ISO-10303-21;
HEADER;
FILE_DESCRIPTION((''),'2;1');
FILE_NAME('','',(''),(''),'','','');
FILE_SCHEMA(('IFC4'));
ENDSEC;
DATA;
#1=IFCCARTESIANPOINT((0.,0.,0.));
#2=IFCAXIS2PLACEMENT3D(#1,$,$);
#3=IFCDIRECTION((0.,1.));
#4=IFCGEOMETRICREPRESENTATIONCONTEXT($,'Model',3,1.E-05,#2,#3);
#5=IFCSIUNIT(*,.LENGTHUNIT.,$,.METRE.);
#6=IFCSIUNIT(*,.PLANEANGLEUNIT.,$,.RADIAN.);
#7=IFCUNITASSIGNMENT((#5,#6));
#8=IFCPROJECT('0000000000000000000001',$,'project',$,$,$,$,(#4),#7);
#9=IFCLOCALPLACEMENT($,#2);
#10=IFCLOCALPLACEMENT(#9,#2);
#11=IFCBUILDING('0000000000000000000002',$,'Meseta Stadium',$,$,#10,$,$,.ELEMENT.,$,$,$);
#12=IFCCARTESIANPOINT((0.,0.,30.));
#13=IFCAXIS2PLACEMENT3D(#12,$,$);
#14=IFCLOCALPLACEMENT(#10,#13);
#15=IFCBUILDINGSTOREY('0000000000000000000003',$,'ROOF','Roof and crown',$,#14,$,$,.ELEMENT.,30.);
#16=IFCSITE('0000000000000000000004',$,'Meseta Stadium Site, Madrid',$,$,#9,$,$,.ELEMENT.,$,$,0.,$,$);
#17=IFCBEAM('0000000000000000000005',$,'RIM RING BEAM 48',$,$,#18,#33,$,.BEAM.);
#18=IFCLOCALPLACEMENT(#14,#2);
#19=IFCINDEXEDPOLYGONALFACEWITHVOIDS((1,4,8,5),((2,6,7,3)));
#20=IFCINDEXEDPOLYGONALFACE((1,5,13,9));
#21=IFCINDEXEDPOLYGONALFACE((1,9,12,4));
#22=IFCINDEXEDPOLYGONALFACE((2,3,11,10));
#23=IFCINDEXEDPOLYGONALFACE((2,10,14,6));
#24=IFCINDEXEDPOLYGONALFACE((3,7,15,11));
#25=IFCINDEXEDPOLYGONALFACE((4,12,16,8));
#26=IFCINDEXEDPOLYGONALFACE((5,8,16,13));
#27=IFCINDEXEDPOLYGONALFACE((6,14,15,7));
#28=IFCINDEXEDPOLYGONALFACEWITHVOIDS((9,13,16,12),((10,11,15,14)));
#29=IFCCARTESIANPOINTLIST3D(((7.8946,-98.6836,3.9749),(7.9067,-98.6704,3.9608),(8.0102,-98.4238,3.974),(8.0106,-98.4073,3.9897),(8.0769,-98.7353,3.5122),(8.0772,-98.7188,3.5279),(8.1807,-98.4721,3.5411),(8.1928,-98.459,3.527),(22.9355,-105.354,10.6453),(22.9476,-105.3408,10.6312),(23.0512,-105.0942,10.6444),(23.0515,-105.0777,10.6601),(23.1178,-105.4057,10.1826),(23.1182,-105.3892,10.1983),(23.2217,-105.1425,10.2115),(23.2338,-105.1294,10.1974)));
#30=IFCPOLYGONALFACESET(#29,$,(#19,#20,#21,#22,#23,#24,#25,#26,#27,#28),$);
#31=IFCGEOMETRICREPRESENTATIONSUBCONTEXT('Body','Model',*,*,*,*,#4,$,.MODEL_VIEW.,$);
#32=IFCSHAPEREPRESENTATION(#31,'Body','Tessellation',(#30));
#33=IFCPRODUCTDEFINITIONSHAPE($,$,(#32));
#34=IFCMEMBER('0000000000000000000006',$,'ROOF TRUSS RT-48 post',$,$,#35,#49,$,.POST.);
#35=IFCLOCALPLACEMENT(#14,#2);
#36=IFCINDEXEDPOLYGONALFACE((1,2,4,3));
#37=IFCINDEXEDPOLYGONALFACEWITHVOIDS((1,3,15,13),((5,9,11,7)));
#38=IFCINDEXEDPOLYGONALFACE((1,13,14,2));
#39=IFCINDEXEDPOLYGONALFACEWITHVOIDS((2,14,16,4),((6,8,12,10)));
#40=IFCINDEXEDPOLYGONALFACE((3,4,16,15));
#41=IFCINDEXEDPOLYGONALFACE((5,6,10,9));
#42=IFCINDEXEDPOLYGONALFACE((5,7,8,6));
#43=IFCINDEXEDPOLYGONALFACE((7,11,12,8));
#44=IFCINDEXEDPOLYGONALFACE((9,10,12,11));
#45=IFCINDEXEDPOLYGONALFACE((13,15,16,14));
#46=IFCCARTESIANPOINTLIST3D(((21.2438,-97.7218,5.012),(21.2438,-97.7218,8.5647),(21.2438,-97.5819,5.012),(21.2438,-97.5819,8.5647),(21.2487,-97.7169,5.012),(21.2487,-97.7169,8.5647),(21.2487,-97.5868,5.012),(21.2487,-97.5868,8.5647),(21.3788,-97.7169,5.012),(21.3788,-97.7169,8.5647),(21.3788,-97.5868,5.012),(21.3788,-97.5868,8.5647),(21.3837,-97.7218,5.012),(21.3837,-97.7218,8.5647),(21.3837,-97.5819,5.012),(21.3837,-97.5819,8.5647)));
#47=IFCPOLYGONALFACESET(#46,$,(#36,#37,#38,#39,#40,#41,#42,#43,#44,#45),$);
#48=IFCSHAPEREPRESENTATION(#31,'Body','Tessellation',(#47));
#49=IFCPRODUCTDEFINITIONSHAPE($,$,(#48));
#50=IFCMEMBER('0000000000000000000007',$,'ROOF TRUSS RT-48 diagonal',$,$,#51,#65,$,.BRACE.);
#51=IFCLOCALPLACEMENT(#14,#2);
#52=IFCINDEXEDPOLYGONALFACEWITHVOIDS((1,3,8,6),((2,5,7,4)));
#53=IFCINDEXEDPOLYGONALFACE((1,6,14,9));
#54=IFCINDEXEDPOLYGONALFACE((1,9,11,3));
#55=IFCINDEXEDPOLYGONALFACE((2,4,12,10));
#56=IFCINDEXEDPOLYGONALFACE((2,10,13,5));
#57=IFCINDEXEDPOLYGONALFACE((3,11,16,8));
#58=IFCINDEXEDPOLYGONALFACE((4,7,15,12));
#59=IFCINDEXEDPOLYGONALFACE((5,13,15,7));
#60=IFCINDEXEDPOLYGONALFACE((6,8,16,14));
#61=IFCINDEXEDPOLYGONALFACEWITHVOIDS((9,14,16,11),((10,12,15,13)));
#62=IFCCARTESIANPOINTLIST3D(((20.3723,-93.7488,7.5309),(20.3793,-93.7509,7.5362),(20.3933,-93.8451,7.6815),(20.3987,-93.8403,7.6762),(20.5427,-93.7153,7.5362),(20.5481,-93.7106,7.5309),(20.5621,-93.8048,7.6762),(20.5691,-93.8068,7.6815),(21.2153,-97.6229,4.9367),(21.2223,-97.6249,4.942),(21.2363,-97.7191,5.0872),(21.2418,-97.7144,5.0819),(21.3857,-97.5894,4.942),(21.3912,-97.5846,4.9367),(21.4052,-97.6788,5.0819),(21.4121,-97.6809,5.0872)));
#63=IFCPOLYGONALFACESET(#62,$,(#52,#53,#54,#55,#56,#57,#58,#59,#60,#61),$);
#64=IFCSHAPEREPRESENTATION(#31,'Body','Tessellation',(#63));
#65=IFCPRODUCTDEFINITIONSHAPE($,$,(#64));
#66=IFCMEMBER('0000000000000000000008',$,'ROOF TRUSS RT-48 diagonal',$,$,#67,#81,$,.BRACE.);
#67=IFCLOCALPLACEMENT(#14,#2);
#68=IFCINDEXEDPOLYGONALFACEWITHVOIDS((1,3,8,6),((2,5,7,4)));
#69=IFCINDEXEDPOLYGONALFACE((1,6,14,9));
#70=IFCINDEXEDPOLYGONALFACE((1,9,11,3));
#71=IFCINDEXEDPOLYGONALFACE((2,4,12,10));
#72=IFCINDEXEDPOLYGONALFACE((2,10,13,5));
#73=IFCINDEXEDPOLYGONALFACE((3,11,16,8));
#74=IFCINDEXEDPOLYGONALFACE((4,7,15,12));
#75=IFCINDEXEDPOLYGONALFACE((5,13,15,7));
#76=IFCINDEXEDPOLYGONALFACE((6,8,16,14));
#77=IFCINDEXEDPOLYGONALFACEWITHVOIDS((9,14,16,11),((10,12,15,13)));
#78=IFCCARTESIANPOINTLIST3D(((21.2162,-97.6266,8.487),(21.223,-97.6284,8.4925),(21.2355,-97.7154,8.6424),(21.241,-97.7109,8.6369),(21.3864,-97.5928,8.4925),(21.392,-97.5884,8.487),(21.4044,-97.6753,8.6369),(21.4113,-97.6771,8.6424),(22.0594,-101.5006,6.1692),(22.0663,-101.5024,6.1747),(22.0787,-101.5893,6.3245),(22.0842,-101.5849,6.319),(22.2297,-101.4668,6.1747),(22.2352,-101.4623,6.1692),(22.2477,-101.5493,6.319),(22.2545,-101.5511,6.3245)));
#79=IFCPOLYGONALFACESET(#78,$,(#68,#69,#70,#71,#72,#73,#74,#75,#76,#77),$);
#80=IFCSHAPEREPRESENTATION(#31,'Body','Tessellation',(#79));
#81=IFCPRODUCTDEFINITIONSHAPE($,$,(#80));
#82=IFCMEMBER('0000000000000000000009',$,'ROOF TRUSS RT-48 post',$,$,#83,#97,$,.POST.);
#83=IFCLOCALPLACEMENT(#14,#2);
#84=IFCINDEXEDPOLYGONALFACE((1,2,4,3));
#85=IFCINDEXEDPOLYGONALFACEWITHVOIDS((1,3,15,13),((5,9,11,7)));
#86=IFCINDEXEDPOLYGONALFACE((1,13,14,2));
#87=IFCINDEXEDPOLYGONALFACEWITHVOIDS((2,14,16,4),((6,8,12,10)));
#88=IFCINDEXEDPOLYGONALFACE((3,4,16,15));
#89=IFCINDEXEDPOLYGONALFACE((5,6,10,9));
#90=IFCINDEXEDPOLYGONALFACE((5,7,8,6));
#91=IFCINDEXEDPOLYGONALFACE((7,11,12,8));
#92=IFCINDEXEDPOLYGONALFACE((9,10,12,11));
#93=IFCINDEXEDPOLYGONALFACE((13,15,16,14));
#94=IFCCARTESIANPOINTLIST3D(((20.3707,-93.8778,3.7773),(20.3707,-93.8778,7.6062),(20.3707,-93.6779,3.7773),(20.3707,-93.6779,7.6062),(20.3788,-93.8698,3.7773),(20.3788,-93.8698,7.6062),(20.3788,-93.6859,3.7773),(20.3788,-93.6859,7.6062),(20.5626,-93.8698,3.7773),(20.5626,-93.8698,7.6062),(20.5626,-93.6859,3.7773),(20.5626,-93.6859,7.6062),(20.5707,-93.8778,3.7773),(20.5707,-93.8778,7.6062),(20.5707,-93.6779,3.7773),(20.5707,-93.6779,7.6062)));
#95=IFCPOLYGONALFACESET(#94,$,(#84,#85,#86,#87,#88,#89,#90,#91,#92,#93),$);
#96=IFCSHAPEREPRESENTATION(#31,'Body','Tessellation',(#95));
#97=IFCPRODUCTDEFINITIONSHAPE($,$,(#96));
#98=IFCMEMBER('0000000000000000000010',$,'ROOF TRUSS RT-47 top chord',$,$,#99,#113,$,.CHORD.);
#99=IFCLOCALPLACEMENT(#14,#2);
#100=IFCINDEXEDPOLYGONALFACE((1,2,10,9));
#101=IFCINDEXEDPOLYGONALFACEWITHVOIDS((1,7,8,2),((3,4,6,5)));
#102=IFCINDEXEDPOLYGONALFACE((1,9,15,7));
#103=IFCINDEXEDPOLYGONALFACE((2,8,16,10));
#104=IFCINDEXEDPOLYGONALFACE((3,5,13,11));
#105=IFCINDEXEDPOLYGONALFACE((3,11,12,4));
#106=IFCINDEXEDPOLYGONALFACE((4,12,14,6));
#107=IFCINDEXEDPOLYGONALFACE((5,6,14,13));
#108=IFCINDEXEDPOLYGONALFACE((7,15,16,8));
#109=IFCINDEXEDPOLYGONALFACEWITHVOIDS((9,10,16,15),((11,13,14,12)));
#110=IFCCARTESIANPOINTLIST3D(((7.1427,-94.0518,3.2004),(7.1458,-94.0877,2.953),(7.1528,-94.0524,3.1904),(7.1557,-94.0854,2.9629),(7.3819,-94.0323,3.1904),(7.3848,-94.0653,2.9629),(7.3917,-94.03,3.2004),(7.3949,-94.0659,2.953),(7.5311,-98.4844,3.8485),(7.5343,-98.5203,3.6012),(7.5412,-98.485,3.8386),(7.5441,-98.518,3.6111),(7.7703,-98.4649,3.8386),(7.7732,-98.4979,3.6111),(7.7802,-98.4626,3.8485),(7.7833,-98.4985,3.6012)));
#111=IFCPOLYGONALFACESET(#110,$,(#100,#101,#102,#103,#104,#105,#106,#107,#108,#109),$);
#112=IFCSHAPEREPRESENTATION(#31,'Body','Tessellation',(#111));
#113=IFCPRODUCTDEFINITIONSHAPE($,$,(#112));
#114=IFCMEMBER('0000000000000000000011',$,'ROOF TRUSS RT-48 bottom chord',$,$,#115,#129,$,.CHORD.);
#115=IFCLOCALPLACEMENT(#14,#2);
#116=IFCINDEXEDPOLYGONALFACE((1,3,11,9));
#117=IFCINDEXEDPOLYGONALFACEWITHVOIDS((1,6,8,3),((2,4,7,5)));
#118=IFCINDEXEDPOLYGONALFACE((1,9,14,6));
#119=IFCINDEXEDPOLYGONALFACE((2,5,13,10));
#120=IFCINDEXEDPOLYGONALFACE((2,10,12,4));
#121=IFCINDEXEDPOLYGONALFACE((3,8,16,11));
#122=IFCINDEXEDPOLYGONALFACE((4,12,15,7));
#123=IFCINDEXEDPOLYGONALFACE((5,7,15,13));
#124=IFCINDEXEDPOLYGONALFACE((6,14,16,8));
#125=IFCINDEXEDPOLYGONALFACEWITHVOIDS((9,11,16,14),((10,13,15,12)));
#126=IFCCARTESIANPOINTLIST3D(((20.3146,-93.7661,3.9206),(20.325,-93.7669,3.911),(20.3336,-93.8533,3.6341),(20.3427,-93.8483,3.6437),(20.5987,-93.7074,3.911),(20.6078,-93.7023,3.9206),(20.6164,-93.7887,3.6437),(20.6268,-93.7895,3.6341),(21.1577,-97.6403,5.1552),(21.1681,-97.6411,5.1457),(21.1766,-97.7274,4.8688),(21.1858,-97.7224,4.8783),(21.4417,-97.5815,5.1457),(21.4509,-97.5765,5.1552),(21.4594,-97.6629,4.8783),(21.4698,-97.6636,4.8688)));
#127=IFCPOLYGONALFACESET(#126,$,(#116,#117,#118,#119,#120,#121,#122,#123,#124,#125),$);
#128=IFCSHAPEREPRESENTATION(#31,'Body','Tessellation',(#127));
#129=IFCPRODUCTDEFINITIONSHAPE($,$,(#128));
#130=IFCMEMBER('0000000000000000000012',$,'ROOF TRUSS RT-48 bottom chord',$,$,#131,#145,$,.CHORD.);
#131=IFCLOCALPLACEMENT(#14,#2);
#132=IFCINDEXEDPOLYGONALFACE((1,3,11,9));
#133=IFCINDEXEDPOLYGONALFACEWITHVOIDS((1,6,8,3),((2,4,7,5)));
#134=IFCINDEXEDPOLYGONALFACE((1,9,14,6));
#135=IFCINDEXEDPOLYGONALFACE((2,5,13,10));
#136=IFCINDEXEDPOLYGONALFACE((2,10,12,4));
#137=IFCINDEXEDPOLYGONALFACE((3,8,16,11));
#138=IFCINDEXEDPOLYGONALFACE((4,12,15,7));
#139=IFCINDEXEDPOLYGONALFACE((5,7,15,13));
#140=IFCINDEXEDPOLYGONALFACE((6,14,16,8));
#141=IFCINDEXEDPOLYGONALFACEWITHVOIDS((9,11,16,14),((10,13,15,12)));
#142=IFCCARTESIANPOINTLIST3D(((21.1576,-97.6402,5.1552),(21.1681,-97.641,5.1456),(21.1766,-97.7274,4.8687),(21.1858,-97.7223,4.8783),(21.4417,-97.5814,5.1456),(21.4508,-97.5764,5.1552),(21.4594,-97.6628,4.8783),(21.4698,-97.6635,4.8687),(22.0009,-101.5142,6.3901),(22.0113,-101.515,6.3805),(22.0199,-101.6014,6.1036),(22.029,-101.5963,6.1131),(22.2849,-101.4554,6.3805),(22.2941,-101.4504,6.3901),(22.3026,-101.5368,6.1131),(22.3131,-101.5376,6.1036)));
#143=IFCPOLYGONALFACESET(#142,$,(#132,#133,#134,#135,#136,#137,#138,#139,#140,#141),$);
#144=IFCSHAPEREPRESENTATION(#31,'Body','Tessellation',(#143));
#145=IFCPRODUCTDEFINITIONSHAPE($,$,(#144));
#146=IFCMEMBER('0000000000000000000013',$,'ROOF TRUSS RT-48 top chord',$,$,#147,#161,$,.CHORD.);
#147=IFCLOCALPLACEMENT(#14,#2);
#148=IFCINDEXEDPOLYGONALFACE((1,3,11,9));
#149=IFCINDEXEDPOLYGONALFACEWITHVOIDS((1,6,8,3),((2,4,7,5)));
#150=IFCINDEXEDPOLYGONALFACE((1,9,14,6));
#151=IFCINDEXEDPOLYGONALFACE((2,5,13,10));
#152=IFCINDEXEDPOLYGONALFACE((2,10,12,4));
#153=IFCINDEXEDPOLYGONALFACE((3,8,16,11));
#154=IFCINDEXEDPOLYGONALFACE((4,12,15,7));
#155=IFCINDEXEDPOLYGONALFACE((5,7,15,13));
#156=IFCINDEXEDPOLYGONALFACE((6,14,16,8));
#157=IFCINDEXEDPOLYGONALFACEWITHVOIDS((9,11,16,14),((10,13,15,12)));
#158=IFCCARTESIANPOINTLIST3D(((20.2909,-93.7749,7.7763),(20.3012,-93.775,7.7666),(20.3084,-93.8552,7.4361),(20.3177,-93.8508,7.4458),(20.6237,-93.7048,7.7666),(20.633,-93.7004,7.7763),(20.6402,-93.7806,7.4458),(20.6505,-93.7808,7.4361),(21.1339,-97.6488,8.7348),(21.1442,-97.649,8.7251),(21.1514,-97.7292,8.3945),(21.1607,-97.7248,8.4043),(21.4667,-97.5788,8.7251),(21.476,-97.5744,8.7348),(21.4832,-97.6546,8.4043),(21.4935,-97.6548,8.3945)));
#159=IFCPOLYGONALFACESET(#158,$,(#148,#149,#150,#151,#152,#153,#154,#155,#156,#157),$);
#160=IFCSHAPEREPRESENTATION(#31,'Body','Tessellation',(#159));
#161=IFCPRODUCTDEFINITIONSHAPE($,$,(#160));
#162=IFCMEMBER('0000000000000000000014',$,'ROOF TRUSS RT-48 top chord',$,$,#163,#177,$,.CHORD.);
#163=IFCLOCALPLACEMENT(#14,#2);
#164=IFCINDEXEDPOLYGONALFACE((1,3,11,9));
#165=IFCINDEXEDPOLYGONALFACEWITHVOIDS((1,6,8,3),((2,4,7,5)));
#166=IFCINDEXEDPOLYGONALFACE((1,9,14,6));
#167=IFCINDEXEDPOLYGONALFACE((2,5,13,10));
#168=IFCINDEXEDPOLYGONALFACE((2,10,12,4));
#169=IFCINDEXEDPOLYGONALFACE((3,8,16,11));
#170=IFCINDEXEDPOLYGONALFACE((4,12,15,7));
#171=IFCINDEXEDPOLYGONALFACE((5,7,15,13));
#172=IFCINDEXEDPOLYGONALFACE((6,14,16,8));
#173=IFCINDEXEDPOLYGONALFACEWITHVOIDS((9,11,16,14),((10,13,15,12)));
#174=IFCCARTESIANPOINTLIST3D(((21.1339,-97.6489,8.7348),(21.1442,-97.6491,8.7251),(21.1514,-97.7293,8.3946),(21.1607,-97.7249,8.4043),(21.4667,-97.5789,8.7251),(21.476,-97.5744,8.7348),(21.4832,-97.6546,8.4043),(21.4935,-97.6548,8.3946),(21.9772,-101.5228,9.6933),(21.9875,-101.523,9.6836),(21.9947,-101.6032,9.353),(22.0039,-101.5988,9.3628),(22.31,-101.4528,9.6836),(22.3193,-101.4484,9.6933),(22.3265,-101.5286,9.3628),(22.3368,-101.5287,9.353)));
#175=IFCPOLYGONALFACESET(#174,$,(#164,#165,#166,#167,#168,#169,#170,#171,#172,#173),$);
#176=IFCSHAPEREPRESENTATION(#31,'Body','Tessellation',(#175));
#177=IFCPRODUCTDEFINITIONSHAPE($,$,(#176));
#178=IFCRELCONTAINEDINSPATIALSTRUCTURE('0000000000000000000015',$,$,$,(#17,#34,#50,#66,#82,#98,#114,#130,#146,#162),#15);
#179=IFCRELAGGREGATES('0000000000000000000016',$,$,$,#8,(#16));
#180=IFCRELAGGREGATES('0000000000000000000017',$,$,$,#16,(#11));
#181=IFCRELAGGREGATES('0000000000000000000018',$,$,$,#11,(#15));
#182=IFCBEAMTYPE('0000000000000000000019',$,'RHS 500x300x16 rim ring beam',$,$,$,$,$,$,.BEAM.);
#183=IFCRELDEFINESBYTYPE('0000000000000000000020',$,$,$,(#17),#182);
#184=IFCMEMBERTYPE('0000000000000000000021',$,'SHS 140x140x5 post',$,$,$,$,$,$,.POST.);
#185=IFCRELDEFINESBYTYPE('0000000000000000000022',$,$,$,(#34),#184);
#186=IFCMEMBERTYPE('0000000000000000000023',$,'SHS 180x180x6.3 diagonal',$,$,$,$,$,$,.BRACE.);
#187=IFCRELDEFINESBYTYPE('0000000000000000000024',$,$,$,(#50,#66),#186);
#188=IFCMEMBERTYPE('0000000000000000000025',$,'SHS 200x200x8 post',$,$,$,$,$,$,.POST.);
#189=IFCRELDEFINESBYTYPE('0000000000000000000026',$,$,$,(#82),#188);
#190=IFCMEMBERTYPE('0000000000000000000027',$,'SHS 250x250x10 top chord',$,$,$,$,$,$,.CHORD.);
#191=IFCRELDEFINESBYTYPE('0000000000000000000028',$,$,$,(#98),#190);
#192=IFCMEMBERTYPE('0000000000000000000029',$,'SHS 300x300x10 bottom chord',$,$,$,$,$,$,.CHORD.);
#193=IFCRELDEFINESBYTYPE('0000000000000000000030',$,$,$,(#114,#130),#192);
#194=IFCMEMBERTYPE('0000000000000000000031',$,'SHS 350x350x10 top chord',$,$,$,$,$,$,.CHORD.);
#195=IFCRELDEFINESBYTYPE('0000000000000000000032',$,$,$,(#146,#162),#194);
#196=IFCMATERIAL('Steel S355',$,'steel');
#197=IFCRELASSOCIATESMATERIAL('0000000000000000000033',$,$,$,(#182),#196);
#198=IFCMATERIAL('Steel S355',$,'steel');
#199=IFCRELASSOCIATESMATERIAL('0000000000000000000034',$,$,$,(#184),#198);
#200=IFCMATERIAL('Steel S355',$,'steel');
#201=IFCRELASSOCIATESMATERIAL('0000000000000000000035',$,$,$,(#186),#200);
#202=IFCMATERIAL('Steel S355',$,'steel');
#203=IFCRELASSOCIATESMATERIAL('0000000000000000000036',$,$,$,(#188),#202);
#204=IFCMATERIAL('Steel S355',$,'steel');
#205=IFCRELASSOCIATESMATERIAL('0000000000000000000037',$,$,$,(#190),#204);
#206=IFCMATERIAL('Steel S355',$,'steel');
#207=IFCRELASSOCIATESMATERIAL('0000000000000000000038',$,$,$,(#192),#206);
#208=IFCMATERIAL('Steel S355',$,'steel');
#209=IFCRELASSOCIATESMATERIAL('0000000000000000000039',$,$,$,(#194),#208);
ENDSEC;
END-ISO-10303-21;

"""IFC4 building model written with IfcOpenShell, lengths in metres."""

from ifc_helpers import new_model, si_unit, direction, frame, origin, origin_2d, place, context, subcontext, project, spatial, hollow_rectangle, extrude, material, material_profile, profile_set, type_object, element, save


model = new_model("IFC4")

# Units and contexts
model_context = context("Model", 3, precision=1e-05, world=origin(), true_north=direction((0.0, 1.0)))
body_context = subcontext(model_context, "Body", "Model", "MODEL_VIEW")
ifc_project = project(units=[si_unit("LENGTHUNIT", "METRE"), si_unit("PLANEANGLEUNIT", "RADIAN")], contexts=[model_context])

# Site, building, storey
site_placement = place(None, origin())
site = spatial("IfcSite", under=ifc_project, at=site_placement, Name="Meseta Stadium Site, Madrid", CompositionType="ELEMENT", RefElevation=0.0)
building_placement = place(site_placement, origin())
building = spatial("IfcBuilding", under=site, at=building_placement, Name="Meseta Stadium", CompositionType="ELEMENT")
storey_placement = place(building_placement, frame((0.0, 0.0, 30.0)))
storey = spatial("IfcBuildingStorey", under=building, at=storey_placement, Name="ROOF", Description="Roof and crown", CompositionType="ELEMENT", Elevation=30.0)

# Beam
ifc_material_1 = material(Name="Steel S355", Category="steel")
ifc_material_profile_1 = material_profile(ifc_material_1, hollow_rectangle(XDim=0.3, YDim=0.5, WallThickness=0.0161, at=origin_2d()), Name="RHS 500x300x16")
ifc_profile_set_1 = profile_set([ifc_material_profile_1], Name="Steel S355")
beam_type = type_object("IfcBeamType", Name="RHS 500x300x16 rim ring beam", PredefinedType="BEAM", material=ifc_profile_set_1)
beam_placement = place(storey_placement, frame((8.0437, -98.5713, 3.751), z_axis=(0.847168, -0.375703, 0.375703), x_axis=(0.386529, 0.920954, 0.049374)))
element("IfcBeam", 1, at=beam_placement, inside=storey, type_object=beam_type, Name="RIM RING BEAM 48", PredefinedType="BEAM", context=body_context, shape_type="SweptSolid", body=[
    extrude(hollow_rectangle(XDim=0.3, YDim=0.5, WallThickness=0.0161, at=origin_2d()), origin(), (0.0, 0.0, 1.0), 17.7544),
])

# Members
ifc_material_2 = material(Name="Steel S355", Category="steel")
ifc_material_profile_2 = material_profile(ifc_material_2, hollow_rectangle(XDim=0.1399, YDim=0.1399, WallThickness=0.0049, at=origin_2d()), Name="SHS 140x140x5")
ifc_profile_set_2 = profile_set([ifc_material_profile_2], Name="Steel S355")
member_type_1 = type_object("IfcMemberType", Name="SHS 140x140x5 post", PredefinedType="POST", material=ifc_profile_set_2)
member_1_placement = place(storey_placement, frame((21.3137, -97.6519, 5.012), z_axis=(0.0, 0.0, 1.0), x_axis=(1.0, 0.0, 0.0)))
element("IfcMember", 2, at=member_1_placement, inside=storey, type_object=member_type_1, Name="ROOF TRUSS RT-48 post", PredefinedType="POST", context=body_context, shape_type="SweptSolid", body=[
    extrude(hollow_rectangle(XDim=0.1399, YDim=0.1399, WallThickness=0.0049, at=origin_2d()), origin(), (0.0, 0.0, 1.0), 3.5527),
])
ifc_material_3 = material(Name="Steel S355", Category="steel")
ifc_material_profile_3 = material_profile(ifc_material_3, hollow_rectangle(XDim=0.1799, YDim=0.1799, WallThickness=0.0063, at=origin_2d()), Name="SHS 180x180x6.3")
ifc_profile_set_3 = profile_set([ifc_material_profile_3], Name="Steel S355")
member_type_2 = type_object("IfcMemberType", Name="SHS 180x180x6.3 diagonal", PredefinedType="BRACE", material=ifc_profile_set_3)
member_2_placement = place(storey_placement, frame((20.4707, -93.7778, 7.6062), z_axis=(0.177926, -0.817647, -0.547537), x_axis=(0.977132, 0.212632, 0.0)))
element("IfcMember", 3, at=member_2_placement, inside=storey, type_object=member_type_2, Name="ROOF TRUSS RT-48 diagonal", PredefinedType="BRACE", context=body_context, shape_type="SweptSolid", body=[
    extrude(hollow_rectangle(XDim=0.1799, YDim=0.1799, WallThickness=0.0063, at=origin_2d()), origin(), (0.0, 0.0, 1.0), 4.738),
])
member_3_placement = place(storey_placement, frame((21.3137, -97.6519, 8.5647), z_axis=(0.183614, -0.843542, -0.504701), x_axis=(0.97712, 0.21269, 0.0)))
element("IfcMember", 4, at=member_3_placement, inside=storey, type_object=member_type_2, Name="ROOF TRUSS RT-48 diagonal", PredefinedType="BRACE", context=body_context, shape_type="SweptSolid", body=[
    extrude(hollow_rectangle(XDim=0.1799, YDim=0.1799, WallThickness=0.0063, at=origin_2d()), origin(), (0.0, 0.0, 1.0), 4.5925),
])
ifc_material_4 = material(Name="Steel S355", Category="steel")
ifc_material_profile_4 = material_profile(ifc_material_4, hollow_rectangle(XDim=0.2, YDim=0.2, WallThickness=0.0081, at=origin_2d()), Name="SHS 200x200x8")
ifc_profile_set_4 = profile_set([ifc_material_profile_4], Name="Steel S355")
member_type_3 = type_object("IfcMemberType", Name="SHS 200x200x8 post", PredefinedType="POST", material=ifc_profile_set_4)
member_4_placement = place(storey_placement, frame((20.4707, -93.7778, 3.7773), z_axis=(0.0, 0.0, 1.0), x_axis=(1.0, 0.0, 0.0)))
element("IfcMember", 5, at=member_4_placement, inside=storey, type_object=member_type_3, Name="ROOF TRUSS RT-48 post", PredefinedType="POST", context=body_context, shape_type="SweptSolid", body=[
    extrude(hollow_rectangle(XDim=0.2, YDim=0.2, WallThickness=0.0081, at=origin_2d()), origin(), (0.0, 0.0, 1.0), 3.8289),
])
ifc_material_5 = material(Name="Steel S355", Category="steel")
ifc_material_profile_5 = material_profile(ifc_material_5, hollow_rectangle(XDim=0.25, YDim=0.25, WallThickness=0.01, at=origin_2d()), Name="SHS 250x250x10")
ifc_profile_set_5 = profile_set([ifc_material_profile_5], Name="Steel S355")
member_type_4 = type_object("IfcMemberType", Name="SHS 250x250x10 top chord", PredefinedType="CHORD", material=ifc_profile_set_5)
member_5_placement = place(storey_placement, frame((7.2688, -94.0588, 3.0767), z_axis=(0.086383, -0.985778, 0.144153), x_axis=(0.996183, 0.087295, 0.0)))
element("IfcMember", 6, at=member_5_placement, inside=storey, type_object=member_type_4, Name="ROOF TRUSS RT-47 top chord", PredefinedType="CHORD", context=body_context, shape_type="SweptSolid", body=[
    extrude(hollow_rectangle(XDim=0.25, YDim=0.25, WallThickness=0.01, at=origin_2d()), origin(), (0.0, 0.0, 1.0), 4.4966),
])
ifc_material_6 = material(Name="Steel S355", Category="steel")
ifc_material_profile_6 = material_profile(ifc_material_6, hollow_rectangle(XDim=0.3, YDim=0.3, WallThickness=0.01, at=origin_2d()), Name="SHS 300x300x10")
ifc_profile_set_6 = profile_set([ifc_material_profile_6], Name="Steel S355")
member_type_5 = type_object("IfcMemberType", Name="SHS 300x300x10 bottom chord", PredefinedType="CHORD", material=ifc_profile_set_6)
for number, where, z_axis, x_axis, name in (
    (7, (20.4707, -93.7778, 3.7773), (0.203016, -0.932944, 0.297322), (0.977132, 0.212632, 0.0), "ROOF TRUSS RT-48 bottom chord"),
    (8, (21.3137, -97.6519, 5.012), (0.203069, -0.932917, 0.297372), (0.97712, 0.21269, 0.0), "ROOF TRUSS RT-48 bottom chord"),
):
    element("IfcMember", number, at=place(storey_placement, frame(where, z_axis=z_axis, x_axis=x_axis)), inside=storey, type_object=member_type_5, Name=name, PredefinedType="CHORD", context=body_context, shape_type="SweptSolid", body=[
        extrude(hollow_rectangle(XDim=0.3, YDim=0.3, WallThickness=0.01, at=origin_2d()), origin(), (0.0, 0.0, 1.0), 4.1526),
    ])
ifc_material_7 = material(Name="Steel S355", Category="steel")
ifc_material_profile_7 = material_profile(ifc_material_7, hollow_rectangle(XDim=0.3501, YDim=0.3501, WallThickness=0.01, at=origin_2d()), Name="SHS 350x350x10")
ifc_profile_set_7 = profile_set([ifc_material_profile_7], Name="Steel S355")
member_type_6 = type_object("IfcMemberType", Name="SHS 350x350x10 top chord", PredefinedType="CHORD", material=ifc_profile_set_7)
for number, where, z_axis, x_axis, name in (
    (9, (20.4707, -93.7778, 7.6062), (0.206678, -0.949771, 0.234989), (0.977132, 0.212632, 0.0), "ROOF TRUSS RT-48 top chord"),
    (10, (21.3137, -97.6519, 8.5647), (0.206735, -0.949759, 0.234986), (0.97712, 0.21269, 0.0), "ROOF TRUSS RT-48 top chord"),
):
    element("IfcMember", number, at=place(storey_placement, frame(where, z_axis=z_axis, x_axis=x_axis)), inside=storey, type_object=member_type_6, Name=name, PredefinedType="CHORD", context=body_context, shape_type="SweptSolid", body=[
        extrude(hollow_rectangle(XDim=0.3501, YDim=0.3501, WallThickness=0.01, at=origin_2d()), origin(), (0.0, 0.0, 1.0), 4.0789),
    ])

save(model, "model.ifc")
